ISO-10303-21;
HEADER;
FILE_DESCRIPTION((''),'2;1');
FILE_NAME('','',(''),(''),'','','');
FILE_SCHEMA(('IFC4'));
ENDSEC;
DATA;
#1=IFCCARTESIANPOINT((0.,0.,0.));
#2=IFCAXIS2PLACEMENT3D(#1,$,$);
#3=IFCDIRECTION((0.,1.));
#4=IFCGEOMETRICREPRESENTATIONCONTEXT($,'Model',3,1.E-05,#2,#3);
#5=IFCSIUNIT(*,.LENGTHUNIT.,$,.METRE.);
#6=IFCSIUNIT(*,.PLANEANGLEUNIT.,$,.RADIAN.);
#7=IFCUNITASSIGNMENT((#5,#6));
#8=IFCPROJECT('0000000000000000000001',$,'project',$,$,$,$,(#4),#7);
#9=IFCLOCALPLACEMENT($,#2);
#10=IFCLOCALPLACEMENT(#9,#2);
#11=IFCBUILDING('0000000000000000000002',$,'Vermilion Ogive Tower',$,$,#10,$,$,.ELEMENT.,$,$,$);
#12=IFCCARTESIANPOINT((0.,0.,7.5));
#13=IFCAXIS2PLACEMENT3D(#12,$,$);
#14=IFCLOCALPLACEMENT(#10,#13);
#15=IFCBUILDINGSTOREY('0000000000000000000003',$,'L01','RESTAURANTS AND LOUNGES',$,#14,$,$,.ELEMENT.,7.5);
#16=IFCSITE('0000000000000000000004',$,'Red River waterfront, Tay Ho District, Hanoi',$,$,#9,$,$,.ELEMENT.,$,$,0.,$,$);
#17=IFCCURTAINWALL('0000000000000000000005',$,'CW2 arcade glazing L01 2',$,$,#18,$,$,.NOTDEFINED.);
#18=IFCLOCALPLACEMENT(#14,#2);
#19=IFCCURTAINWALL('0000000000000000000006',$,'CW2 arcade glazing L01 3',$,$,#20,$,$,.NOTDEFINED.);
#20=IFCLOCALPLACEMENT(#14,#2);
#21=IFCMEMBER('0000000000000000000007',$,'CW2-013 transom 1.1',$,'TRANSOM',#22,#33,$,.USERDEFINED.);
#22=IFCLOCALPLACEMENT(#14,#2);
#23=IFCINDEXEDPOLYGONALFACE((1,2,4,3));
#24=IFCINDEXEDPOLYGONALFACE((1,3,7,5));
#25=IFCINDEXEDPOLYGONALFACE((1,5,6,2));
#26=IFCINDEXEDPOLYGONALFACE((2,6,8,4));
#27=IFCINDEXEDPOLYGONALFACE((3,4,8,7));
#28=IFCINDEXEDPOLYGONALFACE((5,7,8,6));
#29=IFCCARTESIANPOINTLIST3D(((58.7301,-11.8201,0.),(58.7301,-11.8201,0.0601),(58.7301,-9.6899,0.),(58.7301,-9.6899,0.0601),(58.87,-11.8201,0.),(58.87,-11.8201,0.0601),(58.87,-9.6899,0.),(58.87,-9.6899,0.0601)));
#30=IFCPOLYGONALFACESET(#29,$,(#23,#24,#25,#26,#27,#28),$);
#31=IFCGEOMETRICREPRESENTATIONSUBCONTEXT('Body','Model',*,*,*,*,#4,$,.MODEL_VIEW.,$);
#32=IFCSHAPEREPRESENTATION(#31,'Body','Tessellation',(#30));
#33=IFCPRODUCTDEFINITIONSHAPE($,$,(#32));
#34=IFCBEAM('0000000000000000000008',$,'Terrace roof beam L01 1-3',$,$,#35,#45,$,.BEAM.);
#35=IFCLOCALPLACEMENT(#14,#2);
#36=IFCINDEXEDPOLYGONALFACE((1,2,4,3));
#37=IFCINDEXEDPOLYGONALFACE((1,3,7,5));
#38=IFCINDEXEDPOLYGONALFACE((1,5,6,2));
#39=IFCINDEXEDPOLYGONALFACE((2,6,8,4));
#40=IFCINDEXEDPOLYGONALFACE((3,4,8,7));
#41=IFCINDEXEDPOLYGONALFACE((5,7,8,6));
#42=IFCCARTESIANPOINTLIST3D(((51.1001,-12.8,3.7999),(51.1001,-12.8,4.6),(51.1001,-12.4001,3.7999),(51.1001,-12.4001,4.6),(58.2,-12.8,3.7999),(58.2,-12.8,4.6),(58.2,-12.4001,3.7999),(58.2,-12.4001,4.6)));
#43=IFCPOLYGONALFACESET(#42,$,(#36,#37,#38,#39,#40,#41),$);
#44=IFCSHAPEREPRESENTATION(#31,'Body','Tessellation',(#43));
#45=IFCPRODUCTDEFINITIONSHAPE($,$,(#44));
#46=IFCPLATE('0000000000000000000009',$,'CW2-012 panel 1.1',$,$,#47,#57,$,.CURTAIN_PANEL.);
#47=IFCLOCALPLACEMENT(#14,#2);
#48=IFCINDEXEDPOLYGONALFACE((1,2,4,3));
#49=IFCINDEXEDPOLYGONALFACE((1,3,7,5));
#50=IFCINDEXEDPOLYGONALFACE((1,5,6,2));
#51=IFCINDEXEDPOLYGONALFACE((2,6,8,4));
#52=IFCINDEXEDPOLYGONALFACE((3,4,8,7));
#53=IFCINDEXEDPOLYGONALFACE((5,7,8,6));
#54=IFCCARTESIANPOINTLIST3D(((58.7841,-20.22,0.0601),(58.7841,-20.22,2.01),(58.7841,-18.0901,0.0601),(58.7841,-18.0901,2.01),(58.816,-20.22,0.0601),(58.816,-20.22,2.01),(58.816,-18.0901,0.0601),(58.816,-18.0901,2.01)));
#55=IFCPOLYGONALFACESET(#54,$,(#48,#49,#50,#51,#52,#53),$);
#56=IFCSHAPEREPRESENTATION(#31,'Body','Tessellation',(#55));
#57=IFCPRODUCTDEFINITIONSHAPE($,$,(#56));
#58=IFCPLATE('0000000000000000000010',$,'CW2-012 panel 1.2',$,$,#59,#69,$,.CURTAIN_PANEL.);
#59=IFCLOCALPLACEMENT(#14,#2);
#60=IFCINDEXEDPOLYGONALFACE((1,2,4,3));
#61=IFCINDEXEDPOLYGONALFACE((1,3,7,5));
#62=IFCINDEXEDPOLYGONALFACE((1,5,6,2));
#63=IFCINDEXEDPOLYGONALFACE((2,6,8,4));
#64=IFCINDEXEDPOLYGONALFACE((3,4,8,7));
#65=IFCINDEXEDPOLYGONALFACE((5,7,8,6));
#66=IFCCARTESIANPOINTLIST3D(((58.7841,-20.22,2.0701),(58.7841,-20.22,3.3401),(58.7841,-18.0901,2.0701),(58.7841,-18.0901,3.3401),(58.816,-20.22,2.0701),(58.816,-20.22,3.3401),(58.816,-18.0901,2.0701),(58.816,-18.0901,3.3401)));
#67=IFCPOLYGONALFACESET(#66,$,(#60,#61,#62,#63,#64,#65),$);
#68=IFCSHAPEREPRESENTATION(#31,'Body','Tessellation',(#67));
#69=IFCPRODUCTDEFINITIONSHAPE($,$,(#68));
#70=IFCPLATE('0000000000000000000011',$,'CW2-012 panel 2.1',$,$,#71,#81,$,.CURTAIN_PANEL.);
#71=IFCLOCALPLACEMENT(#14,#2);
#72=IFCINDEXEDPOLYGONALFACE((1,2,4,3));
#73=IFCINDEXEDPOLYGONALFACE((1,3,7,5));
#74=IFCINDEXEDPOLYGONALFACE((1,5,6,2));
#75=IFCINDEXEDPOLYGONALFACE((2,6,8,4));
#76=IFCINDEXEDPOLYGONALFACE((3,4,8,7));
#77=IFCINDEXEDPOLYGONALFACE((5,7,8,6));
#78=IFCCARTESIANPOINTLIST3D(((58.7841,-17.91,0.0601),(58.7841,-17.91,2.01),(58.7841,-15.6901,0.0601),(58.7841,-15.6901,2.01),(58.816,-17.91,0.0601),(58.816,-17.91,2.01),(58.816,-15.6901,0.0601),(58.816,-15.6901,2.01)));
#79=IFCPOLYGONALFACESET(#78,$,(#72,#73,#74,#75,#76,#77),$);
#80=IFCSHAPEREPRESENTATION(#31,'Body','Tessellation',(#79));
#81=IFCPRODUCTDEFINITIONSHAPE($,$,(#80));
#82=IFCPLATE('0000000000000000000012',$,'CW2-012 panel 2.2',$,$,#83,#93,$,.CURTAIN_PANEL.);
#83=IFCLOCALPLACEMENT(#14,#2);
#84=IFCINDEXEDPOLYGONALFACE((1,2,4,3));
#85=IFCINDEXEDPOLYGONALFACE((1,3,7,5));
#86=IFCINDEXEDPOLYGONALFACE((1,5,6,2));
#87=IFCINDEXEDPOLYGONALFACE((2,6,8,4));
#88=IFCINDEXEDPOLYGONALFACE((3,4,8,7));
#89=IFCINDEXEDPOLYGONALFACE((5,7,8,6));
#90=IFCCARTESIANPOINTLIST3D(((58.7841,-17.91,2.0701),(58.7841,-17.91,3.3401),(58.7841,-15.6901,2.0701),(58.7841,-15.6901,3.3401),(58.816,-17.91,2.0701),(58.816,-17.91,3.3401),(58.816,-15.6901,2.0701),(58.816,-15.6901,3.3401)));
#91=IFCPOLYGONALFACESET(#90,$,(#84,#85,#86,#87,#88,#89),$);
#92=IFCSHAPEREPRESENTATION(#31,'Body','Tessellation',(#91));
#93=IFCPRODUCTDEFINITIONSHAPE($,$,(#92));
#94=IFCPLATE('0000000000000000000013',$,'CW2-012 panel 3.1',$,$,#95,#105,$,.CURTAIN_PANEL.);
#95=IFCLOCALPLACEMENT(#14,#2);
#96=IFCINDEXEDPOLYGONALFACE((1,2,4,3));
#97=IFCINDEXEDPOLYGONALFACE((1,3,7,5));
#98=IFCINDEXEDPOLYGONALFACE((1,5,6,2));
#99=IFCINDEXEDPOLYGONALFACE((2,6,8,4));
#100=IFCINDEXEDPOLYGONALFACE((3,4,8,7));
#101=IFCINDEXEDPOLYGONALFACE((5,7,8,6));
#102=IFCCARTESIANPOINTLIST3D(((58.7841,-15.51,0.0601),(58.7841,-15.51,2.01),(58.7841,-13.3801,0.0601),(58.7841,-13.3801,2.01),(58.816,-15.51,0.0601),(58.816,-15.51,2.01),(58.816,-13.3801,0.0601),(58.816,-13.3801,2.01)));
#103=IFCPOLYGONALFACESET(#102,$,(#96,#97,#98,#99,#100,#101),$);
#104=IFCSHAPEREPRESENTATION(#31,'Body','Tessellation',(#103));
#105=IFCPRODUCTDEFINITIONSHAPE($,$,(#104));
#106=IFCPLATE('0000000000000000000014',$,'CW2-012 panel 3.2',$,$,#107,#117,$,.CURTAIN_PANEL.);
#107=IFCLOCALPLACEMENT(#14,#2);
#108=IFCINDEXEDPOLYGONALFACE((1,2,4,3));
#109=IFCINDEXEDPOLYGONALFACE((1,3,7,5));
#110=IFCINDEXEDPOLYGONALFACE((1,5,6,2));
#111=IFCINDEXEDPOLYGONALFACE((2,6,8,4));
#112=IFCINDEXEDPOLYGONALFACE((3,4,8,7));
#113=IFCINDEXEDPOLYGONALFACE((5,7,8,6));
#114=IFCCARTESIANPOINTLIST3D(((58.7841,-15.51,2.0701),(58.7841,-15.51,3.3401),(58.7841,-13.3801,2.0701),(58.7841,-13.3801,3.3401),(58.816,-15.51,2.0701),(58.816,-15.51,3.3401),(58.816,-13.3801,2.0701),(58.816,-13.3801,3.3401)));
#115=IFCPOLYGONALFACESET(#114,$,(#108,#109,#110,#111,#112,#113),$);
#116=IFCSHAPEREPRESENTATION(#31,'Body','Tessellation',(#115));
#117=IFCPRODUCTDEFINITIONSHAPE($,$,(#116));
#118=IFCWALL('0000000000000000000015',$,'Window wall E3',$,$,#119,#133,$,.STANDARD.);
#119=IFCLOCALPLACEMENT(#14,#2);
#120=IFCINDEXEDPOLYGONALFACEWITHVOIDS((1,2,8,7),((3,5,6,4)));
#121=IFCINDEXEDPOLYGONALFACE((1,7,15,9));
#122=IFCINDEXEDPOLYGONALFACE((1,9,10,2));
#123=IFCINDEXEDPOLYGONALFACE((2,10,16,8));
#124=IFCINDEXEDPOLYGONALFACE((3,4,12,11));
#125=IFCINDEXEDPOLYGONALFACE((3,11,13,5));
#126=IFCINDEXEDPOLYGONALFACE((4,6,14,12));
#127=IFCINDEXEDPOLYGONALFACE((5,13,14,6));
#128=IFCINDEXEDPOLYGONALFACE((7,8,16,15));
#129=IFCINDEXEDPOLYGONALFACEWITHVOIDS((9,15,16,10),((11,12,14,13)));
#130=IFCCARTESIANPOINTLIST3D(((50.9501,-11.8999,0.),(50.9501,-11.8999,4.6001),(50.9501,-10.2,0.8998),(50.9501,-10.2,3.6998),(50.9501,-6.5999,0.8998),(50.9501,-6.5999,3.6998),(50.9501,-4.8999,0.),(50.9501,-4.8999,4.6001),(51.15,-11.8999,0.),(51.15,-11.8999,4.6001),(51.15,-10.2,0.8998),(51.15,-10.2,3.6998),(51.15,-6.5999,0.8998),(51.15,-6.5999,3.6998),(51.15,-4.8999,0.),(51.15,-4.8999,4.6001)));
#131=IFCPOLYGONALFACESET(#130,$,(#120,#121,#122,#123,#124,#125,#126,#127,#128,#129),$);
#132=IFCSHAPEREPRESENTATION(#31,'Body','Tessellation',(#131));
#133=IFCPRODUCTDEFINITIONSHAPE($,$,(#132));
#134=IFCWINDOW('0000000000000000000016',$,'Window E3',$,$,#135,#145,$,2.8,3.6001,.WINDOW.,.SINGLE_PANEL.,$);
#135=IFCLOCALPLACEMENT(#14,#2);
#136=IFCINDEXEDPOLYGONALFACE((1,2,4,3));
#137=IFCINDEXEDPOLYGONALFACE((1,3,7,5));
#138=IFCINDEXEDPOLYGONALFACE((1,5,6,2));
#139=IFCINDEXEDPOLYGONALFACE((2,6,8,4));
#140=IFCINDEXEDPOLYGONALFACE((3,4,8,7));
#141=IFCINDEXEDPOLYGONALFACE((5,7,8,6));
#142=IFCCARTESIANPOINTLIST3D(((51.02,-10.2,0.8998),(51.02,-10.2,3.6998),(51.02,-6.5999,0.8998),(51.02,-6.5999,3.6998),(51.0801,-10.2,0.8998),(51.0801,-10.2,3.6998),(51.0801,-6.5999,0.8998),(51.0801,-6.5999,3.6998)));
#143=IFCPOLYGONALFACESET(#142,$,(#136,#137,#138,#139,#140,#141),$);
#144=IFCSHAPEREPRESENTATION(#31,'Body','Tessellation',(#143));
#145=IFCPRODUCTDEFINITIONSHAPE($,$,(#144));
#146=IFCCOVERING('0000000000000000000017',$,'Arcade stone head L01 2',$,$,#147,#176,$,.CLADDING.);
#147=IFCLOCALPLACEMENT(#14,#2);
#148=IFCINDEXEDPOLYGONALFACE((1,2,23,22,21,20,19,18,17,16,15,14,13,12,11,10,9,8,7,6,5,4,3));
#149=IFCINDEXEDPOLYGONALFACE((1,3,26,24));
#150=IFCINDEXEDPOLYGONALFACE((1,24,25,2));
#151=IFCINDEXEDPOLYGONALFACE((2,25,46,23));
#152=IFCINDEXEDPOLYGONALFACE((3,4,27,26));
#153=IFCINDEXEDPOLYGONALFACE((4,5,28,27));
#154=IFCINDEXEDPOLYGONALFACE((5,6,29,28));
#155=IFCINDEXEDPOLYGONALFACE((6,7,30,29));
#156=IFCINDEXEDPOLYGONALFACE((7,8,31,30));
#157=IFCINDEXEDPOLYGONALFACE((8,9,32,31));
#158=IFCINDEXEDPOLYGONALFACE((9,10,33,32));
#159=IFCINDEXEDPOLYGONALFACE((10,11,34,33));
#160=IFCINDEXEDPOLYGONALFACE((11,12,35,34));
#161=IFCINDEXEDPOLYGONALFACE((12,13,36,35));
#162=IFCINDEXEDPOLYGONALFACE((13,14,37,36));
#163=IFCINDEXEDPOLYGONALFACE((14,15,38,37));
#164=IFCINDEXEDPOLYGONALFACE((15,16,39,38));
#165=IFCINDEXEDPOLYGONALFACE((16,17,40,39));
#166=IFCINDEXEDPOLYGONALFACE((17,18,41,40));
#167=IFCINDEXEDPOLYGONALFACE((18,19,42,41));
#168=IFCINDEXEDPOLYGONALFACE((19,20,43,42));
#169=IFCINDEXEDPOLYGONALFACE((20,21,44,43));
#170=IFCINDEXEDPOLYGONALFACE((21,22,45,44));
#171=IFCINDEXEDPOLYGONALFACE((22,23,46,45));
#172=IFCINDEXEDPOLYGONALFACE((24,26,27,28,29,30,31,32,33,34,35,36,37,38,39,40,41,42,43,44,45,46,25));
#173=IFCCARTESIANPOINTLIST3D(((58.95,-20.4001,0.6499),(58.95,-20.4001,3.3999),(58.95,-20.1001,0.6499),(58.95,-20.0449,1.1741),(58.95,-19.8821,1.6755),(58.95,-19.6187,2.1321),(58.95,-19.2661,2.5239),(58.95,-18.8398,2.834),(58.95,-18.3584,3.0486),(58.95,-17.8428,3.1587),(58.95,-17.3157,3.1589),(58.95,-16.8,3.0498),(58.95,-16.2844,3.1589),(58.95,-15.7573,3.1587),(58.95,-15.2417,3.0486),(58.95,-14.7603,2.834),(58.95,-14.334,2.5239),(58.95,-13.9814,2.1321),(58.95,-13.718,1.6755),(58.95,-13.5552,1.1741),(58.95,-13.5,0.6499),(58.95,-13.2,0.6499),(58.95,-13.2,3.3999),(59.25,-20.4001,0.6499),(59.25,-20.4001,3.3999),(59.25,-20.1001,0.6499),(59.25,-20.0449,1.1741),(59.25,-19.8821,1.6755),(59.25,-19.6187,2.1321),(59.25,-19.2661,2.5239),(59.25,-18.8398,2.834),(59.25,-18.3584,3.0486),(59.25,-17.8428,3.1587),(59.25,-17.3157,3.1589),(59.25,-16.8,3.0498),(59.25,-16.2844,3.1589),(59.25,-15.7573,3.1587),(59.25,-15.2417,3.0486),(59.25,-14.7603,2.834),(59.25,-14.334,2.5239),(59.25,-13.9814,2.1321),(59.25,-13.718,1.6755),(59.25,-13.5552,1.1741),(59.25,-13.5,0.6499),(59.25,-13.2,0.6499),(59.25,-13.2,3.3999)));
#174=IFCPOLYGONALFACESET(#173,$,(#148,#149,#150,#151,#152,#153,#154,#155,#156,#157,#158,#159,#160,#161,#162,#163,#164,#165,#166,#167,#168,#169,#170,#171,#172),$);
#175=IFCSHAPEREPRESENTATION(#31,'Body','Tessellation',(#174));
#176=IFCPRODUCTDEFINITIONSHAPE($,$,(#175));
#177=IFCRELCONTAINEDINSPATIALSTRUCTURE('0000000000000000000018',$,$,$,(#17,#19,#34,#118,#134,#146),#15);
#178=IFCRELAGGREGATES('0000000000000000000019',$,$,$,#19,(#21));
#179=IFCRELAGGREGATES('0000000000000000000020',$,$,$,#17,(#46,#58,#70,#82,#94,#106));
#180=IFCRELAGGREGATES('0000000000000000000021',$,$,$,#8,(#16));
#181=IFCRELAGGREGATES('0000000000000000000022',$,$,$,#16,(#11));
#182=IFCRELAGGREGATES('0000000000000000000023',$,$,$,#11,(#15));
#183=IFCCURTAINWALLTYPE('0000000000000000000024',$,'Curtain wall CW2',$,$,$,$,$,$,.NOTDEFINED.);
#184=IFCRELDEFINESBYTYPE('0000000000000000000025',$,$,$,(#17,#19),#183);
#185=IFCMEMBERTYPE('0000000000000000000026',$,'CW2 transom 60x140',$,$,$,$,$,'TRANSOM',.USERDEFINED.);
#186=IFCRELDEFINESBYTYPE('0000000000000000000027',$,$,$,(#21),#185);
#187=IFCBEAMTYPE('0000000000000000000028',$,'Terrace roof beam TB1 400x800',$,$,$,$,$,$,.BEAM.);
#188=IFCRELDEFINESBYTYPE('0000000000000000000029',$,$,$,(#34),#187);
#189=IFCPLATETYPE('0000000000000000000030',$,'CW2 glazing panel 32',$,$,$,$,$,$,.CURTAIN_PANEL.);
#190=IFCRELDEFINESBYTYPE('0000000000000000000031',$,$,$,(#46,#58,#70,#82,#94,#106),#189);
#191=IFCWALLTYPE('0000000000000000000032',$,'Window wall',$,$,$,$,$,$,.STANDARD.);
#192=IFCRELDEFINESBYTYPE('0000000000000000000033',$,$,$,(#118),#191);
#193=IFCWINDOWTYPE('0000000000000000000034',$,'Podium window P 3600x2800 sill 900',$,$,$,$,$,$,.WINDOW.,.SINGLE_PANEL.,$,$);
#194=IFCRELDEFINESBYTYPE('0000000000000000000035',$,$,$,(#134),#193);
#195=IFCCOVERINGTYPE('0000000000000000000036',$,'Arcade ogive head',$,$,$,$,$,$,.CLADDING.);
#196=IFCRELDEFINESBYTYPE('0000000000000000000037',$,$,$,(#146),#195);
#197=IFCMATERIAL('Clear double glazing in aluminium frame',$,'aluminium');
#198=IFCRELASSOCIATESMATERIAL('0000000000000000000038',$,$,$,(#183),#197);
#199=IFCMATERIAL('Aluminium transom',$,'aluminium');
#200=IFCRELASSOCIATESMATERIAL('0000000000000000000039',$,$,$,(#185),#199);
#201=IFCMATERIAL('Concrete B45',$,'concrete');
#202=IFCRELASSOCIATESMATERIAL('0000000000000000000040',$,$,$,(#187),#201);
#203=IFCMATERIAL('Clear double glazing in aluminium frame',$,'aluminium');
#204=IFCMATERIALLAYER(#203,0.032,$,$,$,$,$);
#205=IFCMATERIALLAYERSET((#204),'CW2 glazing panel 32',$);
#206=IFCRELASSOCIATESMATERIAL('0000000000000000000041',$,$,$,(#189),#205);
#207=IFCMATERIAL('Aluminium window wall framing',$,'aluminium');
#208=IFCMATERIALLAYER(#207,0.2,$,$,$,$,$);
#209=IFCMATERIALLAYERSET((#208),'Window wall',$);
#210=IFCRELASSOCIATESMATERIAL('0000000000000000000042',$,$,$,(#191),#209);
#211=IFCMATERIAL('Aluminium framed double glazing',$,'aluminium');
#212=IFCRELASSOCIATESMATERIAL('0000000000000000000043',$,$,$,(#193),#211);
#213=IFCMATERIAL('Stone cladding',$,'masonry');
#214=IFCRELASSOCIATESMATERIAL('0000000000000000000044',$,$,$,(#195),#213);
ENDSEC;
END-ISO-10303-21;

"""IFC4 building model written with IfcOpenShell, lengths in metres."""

from ifc_helpers import new_model, si_unit, direction, frame, frame_2d, origin, origin_2d, place, context, subcontext, project, spatial, polyline, rectangle, outline, extrude, material, layer, layer_set, material_profile, profile_set, type_object, element, fill, aggregate, save


model = new_model("IFC4")

# Units and contexts
model_context = context("Model", 3, precision=1e-05, world=origin(), true_north=direction((0.0, 1.0)))
body_context = subcontext(model_context, "Body", "Model", "MODEL_VIEW")
ifc_project = project(units=[si_unit("LENGTHUNIT", "METRE"), si_unit("PLANEANGLEUNIT", "RADIAN")], contexts=[model_context])

# Site, building, storey
site_placement = place(None, origin())
site = spatial("IfcSite", under=ifc_project, at=site_placement, Name="Red River waterfront, Tay Ho District, Hanoi", CompositionType="ELEMENT", RefElevation=0.0)
building_placement = place(site_placement, origin())
building = spatial("IfcBuilding", under=site, at=building_placement, Name="Vermilion Ogive Tower", CompositionType="ELEMENT")
storey_placement = place(building_placement, frame((0.0, 0.0, 7.5)))
storey = spatial("IfcBuildingStorey", under=building, at=storey_placement, Name="L01", Description="RESTAURANTS AND LOUNGES", CompositionType="ELEMENT", Elevation=7.5)

# Curtain wall
ifc_material_1 = material(Name="Clear double glazing in aluminium frame", Category="aluminium")
curtain_wall_type = type_object("IfcCurtainWallType", Name="Curtain wall CW2", PredefinedType="NOTDEFINED", material=ifc_material_1)
curtain_wall_1_placement = place(storey_placement, origin())
curtain_wall_1 = element("IfcCurtainWall", 1, at=curtain_wall_1_placement, inside=storey, type_object=curtain_wall_type, Name="CW2 arcade glazing L01 2", PredefinedType="NOTDEFINED")

# Curtain wall
curtain_wall_2_placement = place(storey_placement, origin())
curtain_wall_2 = element("IfcCurtainWall", 2, at=curtain_wall_2_placement, inside=storey, type_object=curtain_wall_type, Name="CW2 arcade glazing L01 3", PredefinedType="NOTDEFINED")

# Member
ifc_material_2 = material(Name="Aluminium transom", Category="aluminium")
ifc_material_profile_1 = material_profile(ifc_material_2, rectangle(XDim=0.1399, YDim=0.0601, at=origin_2d()), Name="AL 60x140")
ifc_profile_set_1 = profile_set([ifc_material_profile_1], Name="Aluminium transom")
member_type_1 = type_object("IfcMemberType", Name="CW2 transom 60x140", ElementType="TRANSOM", PredefinedType="USERDEFINED", material=ifc_profile_set_1)
member_1_placement = place(storey_placement, frame((58.8, -11.8201, 0.03), z_axis=(0.0, 1.0, 0.0), x_axis=(-1.0, 0.0, 0.0)))
member_1 = element("IfcMember", 3, at=member_1_placement, type_object=member_type_1, Name="CW2-013 transom 1.1", ObjectType="TRANSOM", PredefinedType="USERDEFINED", context=body_context, shape_type="SweptSolid", body=[
    extrude(rectangle(XDim=0.1399, YDim=0.0601, at=origin_2d()), origin(), (0.0, 0.0, 1.0), 2.1301),
])
aggregate(curtain_wall_2, [member_1])

# Beam
ifc_material_3 = material(Name="Concrete B45", Category="concrete")
ifc_material_profile_2 = material_profile(ifc_material_3, rectangle(XDim=0.3999, YDim=0.8, at=origin_2d()), Name="RC 400x800")
ifc_profile_set_2 = profile_set([ifc_material_profile_2], Name="Concrete B45")
beam_type_1 = type_object("IfcBeamType", Name="Terrace roof beam TB1 400x800", PredefinedType="BEAM", material=ifc_profile_set_2)
beam_1_placement = place(storey_placement, frame((58.2, -12.6001, 4.2), z_axis=(-1.0, 0.0, 0.0), x_axis=(0.0, -1.0, 0.0)))
element("IfcBeam", 4, at=beam_1_placement, inside=storey, type_object=beam_type_1, Name="Terrace roof beam L01 1-3", PredefinedType="BEAM", context=body_context, shape_type="SweptSolid", body=[
    extrude(rectangle(XDim=0.3999, YDim=0.8, at=origin_2d()), origin(), (0.0, 0.0, 1.0), 7.0999),
])

# Plates
ifc_material_4 = material(Name="Clear double glazing in aluminium frame", Category="aluminium")
ifc_layer_1 = layer(ifc_material_4, 0.032)
ifc_layer_set_1 = layer_set([ifc_layer_1], Name="CW2 glazing panel 32")
plate_type = type_object("IfcPlateType", Name="CW2 glazing panel 32", PredefinedType="CURTAIN_PANEL", material=ifc_layer_set_1)
plate_1_placement = place(storey_placement, frame((58.8, -19.155, 0.0601), z_axis=(0.0, 0.0, 1.0), x_axis=(0.0, 1.0, 0.0)))
plate_1 = element("IfcPlate", 5, at=plate_1_placement, type_object=plate_type, Name="CW2-012 panel 1.1", PredefinedType="CURTAIN_PANEL", context=body_context, shape_type="SweptSolid", body=[
    extrude(rectangle(XDim=2.1299, YDim=0.032, at=origin_2d()), origin(), (0.0, 0.0, 1.0), 1.95),
])
plate_2_placement = place(storey_placement, frame((58.8, -19.155, 2.0701), z_axis=(0.0, 0.0, 1.0), x_axis=(0.0, 1.0, 0.0)))
plate_2 = element("IfcPlate", 6, at=plate_2_placement, type_object=plate_type, Name="CW2-012 panel 1.2", PredefinedType="CURTAIN_PANEL", context=body_context, shape_type="SweptSolid", body=[
    extrude(rectangle(XDim=2.1299, YDim=0.032, at=origin_2d()), origin(), (0.0, 0.0, 1.0), 1.27),
])
plate_3_placement = place(storey_placement, frame((58.8, -16.8, 0.0601), z_axis=(0.0, 0.0, 1.0), x_axis=(0.0, 1.0, 0.0)))
plate_3 = element("IfcPlate", 7, at=plate_3_placement, type_object=plate_type, Name="CW2-012 panel 2.1", PredefinedType="CURTAIN_PANEL", context=body_context, shape_type="SweptSolid", body=[
    extrude(rectangle(XDim=2.22, YDim=0.032, at=origin_2d()), origin(), (0.0, 0.0, 1.0), 1.95),
])
plate_4_placement = place(storey_placement, frame((58.8, -16.8, 2.0701), z_axis=(0.0, 0.0, 1.0), x_axis=(0.0, 1.0, 0.0)))
plate_4 = element("IfcPlate", 8, at=plate_4_placement, type_object=plate_type, Name="CW2-012 panel 2.2", PredefinedType="CURTAIN_PANEL", context=body_context, shape_type="SweptSolid", body=[
    extrude(rectangle(XDim=2.22, YDim=0.032, at=origin_2d()), origin(), (0.0, 0.0, 1.0), 1.27),
])
plate_5_placement = place(storey_placement, frame((58.8, -14.4451, 0.0601), z_axis=(0.0, 0.0, 1.0), x_axis=(0.0, 1.0, 0.0)))
plate_5 = element("IfcPlate", 9, at=plate_5_placement, type_object=plate_type, Name="CW2-012 panel 3.1", PredefinedType="CURTAIN_PANEL", context=body_context, shape_type="SweptSolid", body=[
    extrude(rectangle(XDim=2.1299, YDim=0.032, at=origin_2d()), origin(), (0.0, 0.0, 1.0), 1.95),
])
plate_6_placement = place(storey_placement, frame((58.8, -14.4451, 2.0701), z_axis=(0.0, 0.0, 1.0), x_axis=(0.0, 1.0, 0.0)))
plate_6 = element("IfcPlate", 10, at=plate_6_placement, type_object=plate_type, Name="CW2-012 panel 3.2", PredefinedType="CURTAIN_PANEL", context=body_context, shape_type="SweptSolid", body=[
    extrude(rectangle(XDim=2.1299, YDim=0.032, at=origin_2d()), origin(), (0.0, 0.0, 1.0), 1.27),
])
aggregate(curtain_wall_1, [plate_1, plate_2, plate_3, plate_4, plate_5, plate_6])

# Wall, opening, window
ifc_material_5 = material(Name="Aluminium window wall framing", Category="aluminium")
ifc_layer_2 = layer(ifc_material_5, 0.2)
ifc_layer_set_2 = layer_set([ifc_layer_2], Name="Window wall")
wall_type = type_object("IfcWallType", Name="Window wall", PredefinedType="STANDARD", material=ifc_layer_set_2)
wall_placement = place(storey_placement, frame((51.05, -11.8999, 0.0), z_axis=(0.0, 0.0, 1.0), x_axis=(0.0, 1.0, 0.0)))
wall = element("IfcWall", 11, at=wall_placement, inside=storey, type_object=wall_type, Name="Window wall E3", PredefinedType="STANDARD", context=body_context, shape_type="SweptSolid", body=[
    extrude(rectangle(XDim=7.0, YDim=0.2, at=frame_2d((3.5, 0.0))), origin(), (0.0, 0.0, 1.0), 4.6001),
])
opening_placement = place(wall_placement, frame((1.7, 0.0, 0.8999)))
opening = element("IfcOpeningElement", 12, at=opening_placement, cuts=wall, PredefinedType="OPENING", context=body_context, shape_type="SweptSolid", body=[
    extrude(rectangle(XDim=3.6001, YDim=2.8, at=frame_2d((1.8, 1.3999))), frame((0.0, 0.1099, 0.0), z_axis=(0.0, -1.0, 0.0), x_axis=(1.0, 0.0, 0.0)), (0.0, 0.0, 1.0), 0.22),
])
ifc_material_6 = material(Name="Aluminium framed double glazing", Category="aluminium")
window_type = type_object("IfcWindowType", Name="Podium window P 3600x2800 sill 900", PartitioningType="SINGLE_PANEL", PredefinedType="WINDOW", material=ifc_material_6)
window_placement = place(opening_placement, origin())
window = element("IfcWindow", 13, at=window_placement, inside=storey, type_object=window_type, Name="Window E3", OverallHeight=2.8, OverallWidth=3.6001, PartitioningType="SINGLE_PANEL", PredefinedType="WINDOW", context=body_context, shape_type="SweptSolid", body=[
    extrude(rectangle(XDim=3.6001, YDim=2.8, at=frame_2d((1.8, 1.3999))), frame((0.0, 0.03, 0.0), z_axis=(0.0, -1.0, 0.0), x_axis=(1.0, 0.0, 0.0)), (0.0, 0.0, 1.0), 0.0601),
])
fill(opening, window)

# Covering
ifc_material_7 = material(Name="Stone cladding", Category="masonry")
covering_type = type_object("IfcCoveringType", Name="Arcade ogive head", PredefinedType="CLADDING", material=ifc_material_7)
covering_placement = place(storey_placement, frame((58.95, -16.8, 3.3999), z_axis=(1.0, 0.0, 0.0), x_axis=(0.0, 1.0, 0.0)))
element("IfcCovering", 14, at=covering_placement, inside=storey, type_object=covering_type, Name="Arcade stone head L01 2", PredefinedType="CLADDING", context=body_context, shape_type="SweptSolid", body=[
    extrude(outline(polyline([(-3.3, -2.75), (-3.2449, -2.2258), (-3.082, -1.7244), (-2.8186, -1.2678), (-2.4661, -0.876), (-2.0398, -0.5659), (-1.5583, -0.3513), (-1.0427, -0.2412), (-0.5156, -0.241), (0.0, -0.3501), (0.5156, -0.241), (1.0427, -0.2412), (1.5583, -0.3513), (2.0398, -0.5659), (2.4661, -0.876), (2.8186, -1.2678), (3.082, -1.7244), (3.2449, -2.2258), (3.3, -2.75), (3.6001, -2.75), (3.6001, 0.0), (-3.6001, 0.0), (-3.6001, -2.75), (-3.3, -2.75)])), origin(), (0.0, 0.0, 1.0), 0.3),
])

save(model, "model.ifc")
